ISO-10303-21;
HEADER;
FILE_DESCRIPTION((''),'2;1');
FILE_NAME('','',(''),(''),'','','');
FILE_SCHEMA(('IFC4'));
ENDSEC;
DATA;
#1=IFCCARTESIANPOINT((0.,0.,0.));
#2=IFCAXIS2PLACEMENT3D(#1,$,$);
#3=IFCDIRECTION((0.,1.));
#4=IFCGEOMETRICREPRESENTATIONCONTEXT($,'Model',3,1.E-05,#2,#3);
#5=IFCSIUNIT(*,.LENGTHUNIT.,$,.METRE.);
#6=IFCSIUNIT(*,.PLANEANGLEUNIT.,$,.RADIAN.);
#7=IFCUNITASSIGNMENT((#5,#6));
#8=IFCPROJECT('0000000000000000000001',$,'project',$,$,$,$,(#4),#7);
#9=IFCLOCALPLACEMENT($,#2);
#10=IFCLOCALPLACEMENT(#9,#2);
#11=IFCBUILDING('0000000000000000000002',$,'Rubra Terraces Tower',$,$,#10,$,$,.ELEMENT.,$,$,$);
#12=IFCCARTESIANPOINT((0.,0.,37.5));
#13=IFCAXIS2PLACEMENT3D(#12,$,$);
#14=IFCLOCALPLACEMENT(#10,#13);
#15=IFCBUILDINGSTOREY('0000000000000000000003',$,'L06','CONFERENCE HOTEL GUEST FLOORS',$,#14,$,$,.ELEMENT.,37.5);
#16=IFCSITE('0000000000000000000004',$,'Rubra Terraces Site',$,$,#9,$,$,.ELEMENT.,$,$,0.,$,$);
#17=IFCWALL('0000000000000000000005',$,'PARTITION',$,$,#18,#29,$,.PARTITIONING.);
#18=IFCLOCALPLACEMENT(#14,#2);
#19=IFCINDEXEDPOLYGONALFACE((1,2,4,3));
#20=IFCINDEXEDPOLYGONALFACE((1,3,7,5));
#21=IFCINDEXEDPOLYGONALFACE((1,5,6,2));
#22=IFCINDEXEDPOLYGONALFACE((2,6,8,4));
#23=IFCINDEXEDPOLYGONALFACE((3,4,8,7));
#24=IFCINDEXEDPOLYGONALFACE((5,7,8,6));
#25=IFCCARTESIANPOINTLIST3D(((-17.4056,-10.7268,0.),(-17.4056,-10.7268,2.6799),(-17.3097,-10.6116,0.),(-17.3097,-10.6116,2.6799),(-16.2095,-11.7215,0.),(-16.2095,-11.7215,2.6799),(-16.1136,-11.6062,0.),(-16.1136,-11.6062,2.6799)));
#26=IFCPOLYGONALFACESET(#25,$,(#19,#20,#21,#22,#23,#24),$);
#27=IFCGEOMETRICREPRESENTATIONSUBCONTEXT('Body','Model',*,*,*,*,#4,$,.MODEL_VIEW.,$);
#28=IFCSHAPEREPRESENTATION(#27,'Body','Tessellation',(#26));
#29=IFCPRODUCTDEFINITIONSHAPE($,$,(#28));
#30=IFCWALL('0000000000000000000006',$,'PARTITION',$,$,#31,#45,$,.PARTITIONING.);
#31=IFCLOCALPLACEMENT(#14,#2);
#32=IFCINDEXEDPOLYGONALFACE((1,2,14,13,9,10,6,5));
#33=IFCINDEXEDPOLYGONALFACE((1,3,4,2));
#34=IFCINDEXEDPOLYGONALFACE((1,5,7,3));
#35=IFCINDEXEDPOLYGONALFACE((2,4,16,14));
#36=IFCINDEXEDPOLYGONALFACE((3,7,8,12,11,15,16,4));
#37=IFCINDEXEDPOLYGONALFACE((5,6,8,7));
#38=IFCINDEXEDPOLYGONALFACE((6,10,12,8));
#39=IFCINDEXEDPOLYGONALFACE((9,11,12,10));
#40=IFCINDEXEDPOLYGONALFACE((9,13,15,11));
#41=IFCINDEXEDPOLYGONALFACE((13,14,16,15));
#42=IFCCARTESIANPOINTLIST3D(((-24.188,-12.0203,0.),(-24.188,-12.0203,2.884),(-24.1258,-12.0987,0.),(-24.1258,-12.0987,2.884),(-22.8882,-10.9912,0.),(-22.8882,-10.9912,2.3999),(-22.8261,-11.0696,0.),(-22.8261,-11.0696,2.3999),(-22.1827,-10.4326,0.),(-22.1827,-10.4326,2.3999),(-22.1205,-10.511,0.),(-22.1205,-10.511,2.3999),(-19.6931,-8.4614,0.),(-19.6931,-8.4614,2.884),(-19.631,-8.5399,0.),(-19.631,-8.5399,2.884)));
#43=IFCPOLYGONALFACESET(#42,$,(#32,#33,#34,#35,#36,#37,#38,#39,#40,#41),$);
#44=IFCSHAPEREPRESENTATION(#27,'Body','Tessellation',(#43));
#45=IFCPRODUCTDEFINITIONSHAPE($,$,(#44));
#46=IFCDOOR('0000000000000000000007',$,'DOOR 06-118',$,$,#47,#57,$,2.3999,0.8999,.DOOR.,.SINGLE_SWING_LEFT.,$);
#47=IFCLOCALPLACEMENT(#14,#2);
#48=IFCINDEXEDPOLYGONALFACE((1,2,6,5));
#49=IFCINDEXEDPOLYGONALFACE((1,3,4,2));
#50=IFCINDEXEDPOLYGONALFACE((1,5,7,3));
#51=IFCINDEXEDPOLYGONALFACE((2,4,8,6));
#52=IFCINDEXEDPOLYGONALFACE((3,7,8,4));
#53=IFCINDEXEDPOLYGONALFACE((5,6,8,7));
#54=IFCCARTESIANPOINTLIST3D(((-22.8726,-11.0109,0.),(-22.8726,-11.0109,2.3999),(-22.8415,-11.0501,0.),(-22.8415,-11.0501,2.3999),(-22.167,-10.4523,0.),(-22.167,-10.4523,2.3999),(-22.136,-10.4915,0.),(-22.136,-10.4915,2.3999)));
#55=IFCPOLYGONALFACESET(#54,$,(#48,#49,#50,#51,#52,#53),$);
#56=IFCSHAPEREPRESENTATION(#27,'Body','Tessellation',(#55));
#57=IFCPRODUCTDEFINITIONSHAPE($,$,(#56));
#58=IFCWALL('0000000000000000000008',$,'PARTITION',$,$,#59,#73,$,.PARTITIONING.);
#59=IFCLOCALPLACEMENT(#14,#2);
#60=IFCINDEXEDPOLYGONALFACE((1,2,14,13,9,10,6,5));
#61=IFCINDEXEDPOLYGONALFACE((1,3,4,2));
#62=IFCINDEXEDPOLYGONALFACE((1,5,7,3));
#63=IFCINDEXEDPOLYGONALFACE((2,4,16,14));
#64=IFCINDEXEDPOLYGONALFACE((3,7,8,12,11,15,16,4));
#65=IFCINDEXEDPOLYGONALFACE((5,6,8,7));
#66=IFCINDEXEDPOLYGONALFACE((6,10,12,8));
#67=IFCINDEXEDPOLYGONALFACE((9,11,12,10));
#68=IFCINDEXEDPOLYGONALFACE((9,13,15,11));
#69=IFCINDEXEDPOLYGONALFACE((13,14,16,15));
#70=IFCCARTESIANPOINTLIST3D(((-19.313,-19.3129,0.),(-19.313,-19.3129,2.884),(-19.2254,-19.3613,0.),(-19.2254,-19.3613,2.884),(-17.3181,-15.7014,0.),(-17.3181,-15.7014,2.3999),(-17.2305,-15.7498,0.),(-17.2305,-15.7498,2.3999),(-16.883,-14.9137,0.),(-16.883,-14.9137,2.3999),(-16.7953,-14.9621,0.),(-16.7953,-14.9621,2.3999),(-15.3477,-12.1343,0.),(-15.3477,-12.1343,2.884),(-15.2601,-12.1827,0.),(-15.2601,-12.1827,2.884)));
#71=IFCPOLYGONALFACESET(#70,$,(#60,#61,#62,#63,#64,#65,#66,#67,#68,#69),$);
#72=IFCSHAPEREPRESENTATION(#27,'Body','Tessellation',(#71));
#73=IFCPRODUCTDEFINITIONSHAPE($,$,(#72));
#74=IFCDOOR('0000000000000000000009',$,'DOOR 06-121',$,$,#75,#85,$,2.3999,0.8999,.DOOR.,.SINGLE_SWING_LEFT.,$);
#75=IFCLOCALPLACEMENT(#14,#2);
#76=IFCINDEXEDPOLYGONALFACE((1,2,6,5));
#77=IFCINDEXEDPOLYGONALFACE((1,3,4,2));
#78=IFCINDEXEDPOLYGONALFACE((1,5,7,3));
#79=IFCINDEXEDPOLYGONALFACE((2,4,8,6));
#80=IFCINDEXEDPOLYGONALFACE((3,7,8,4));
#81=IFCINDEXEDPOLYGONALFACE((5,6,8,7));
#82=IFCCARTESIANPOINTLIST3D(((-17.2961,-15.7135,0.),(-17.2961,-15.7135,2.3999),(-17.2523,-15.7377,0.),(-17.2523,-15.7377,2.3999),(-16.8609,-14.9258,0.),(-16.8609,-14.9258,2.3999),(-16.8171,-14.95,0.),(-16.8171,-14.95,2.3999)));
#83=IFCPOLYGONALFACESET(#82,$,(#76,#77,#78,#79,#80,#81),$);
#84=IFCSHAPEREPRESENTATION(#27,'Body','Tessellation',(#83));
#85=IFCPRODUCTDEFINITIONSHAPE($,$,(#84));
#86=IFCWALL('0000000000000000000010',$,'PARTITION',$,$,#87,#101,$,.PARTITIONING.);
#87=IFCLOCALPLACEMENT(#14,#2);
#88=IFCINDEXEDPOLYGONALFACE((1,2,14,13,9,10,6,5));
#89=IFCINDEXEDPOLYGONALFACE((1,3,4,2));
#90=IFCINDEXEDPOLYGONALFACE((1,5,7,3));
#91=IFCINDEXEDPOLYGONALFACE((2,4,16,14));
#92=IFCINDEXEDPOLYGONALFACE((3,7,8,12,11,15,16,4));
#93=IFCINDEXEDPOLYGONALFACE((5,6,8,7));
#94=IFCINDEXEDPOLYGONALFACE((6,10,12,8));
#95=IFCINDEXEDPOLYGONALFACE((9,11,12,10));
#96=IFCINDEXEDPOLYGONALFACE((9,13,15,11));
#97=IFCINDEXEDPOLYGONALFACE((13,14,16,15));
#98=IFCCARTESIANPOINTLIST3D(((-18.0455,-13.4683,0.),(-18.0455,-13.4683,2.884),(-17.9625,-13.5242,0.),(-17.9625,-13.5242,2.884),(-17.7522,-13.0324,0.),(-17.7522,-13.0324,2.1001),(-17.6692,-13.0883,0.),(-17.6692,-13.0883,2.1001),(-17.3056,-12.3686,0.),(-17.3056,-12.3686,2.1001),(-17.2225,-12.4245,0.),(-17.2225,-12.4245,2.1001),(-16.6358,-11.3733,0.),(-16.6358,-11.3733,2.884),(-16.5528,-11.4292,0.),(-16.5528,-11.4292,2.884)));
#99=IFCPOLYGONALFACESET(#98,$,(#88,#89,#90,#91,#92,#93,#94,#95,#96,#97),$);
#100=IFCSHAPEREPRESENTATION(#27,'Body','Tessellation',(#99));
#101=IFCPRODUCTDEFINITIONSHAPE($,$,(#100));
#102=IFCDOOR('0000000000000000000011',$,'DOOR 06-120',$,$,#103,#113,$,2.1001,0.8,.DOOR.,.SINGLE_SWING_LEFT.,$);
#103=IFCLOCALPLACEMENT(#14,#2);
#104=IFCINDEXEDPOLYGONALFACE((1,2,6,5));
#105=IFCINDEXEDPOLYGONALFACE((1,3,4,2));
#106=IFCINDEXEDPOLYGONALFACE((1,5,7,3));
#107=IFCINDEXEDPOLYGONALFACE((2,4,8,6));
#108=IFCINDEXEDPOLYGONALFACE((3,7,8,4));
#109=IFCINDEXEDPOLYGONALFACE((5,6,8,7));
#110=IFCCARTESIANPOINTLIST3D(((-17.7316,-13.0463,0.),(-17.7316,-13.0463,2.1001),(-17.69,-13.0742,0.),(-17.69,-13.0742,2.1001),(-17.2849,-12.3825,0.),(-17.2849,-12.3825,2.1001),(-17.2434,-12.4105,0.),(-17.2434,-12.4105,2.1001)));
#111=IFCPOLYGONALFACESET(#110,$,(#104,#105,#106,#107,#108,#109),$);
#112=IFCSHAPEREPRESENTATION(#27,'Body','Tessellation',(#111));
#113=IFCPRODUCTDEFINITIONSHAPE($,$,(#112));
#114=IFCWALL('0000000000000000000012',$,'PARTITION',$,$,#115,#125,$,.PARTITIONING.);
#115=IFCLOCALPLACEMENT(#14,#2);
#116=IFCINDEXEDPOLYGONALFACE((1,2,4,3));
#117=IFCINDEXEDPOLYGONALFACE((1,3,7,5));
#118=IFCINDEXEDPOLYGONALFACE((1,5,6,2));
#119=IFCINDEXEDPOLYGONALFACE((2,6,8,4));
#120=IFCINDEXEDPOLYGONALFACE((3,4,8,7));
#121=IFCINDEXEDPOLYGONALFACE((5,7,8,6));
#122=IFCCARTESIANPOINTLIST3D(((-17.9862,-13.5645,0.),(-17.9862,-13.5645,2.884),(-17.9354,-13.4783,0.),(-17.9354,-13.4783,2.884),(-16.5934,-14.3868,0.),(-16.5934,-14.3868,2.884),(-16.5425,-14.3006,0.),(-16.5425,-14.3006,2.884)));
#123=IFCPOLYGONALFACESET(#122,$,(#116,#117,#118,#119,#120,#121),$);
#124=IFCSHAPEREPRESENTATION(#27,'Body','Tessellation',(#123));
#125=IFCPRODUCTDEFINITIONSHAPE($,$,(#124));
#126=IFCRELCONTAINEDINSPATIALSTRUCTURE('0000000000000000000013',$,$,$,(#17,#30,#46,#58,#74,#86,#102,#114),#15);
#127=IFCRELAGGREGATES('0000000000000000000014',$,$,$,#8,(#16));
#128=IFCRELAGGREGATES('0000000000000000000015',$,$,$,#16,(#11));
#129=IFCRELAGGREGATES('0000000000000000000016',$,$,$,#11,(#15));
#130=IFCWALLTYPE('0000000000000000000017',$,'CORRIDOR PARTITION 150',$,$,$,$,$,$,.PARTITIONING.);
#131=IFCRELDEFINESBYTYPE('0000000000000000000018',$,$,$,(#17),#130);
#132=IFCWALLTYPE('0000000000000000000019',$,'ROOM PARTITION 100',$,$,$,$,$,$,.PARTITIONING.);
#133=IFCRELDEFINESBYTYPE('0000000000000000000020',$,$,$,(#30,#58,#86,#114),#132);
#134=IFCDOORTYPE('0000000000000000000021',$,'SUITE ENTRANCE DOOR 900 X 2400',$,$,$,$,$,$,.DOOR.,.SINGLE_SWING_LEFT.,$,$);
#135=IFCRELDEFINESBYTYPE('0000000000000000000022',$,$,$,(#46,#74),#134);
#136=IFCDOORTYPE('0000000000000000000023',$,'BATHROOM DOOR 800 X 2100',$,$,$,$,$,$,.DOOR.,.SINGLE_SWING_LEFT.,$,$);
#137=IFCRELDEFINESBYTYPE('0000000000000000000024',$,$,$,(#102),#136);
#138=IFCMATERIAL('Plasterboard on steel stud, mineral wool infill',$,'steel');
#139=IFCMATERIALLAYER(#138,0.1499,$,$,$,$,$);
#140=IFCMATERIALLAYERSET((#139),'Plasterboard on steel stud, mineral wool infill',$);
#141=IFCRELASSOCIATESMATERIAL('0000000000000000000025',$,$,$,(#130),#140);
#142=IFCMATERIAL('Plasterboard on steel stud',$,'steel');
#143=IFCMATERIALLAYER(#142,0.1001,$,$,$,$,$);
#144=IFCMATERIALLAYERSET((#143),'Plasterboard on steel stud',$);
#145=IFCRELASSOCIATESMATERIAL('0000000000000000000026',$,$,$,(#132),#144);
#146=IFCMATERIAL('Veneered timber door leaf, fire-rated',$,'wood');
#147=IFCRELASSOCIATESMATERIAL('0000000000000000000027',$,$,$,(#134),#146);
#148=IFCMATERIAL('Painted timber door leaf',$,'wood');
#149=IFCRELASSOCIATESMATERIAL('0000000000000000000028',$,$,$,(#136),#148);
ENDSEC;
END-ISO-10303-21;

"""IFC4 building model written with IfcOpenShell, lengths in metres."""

from ifc_helpers import new_model, si_unit, direction, frame, frame_2d, origin, place, context, subcontext, project, spatial, rectangle, extrude, material, layer, layer_set, type_object, element, fill, save


model = new_model("IFC4")

# Units and contexts
model_context = context("Model", 3, precision=1e-05, world=origin(), true_north=direction((0.0, 1.0)))
body_context = subcontext(model_context, "Body", "Model", "MODEL_VIEW")
ifc_project = project(units=[si_unit("LENGTHUNIT", "METRE"), si_unit("PLANEANGLEUNIT", "RADIAN")], contexts=[model_context])

# Site, building, storey
site_placement = place(None, origin())
site = spatial("IfcSite", under=ifc_project, at=site_placement, Name="Rubra Terraces Site", CompositionType="ELEMENT", RefElevation=0.0)
building_placement = place(site_placement, origin())
building = spatial("IfcBuilding", under=site, at=building_placement, Name="Rubra Terraces Tower", CompositionType="ELEMENT")
storey_placement = place(building_placement, frame((0.0, 0.0, 37.5)))
storey = spatial("IfcBuildingStorey", under=building, at=storey_placement, Name="L06", Description="CONFERENCE HOTEL GUEST FLOORS", CompositionType="ELEMENT", Elevation=37.5)

# Wall
ifc_material_1 = material(Name="Plasterboard on steel stud, mineral wool infill", Category="steel")
ifc_layer_1 = layer(ifc_material_1, 0.1499)
ifc_layer_set_1 = layer_set([ifc_layer_1], Name="Plasterboard on steel stud, mineral wool infill")
wall_type_1 = type_object("IfcWallType", Name="CORRIDOR PARTITION 150", PredefinedType="PARTITIONING", material=ifc_layer_set_1)
wall_1_placement = place(storey_placement, frame((-17.3577, -10.6692, 0.0), z_axis=(0.0, 0.0, 1.0), x_axis=(0.768877, -0.639397, 0.0)))
element("IfcWall", 1, at=wall_1_placement, inside=storey, type_object=wall_type_1, Name="PARTITION", PredefinedType="PARTITIONING", context=body_context, shape_type="SweptSolid", body=[
    extrude(rectangle(XDim=1.5557, YDim=0.1499, at=frame_2d((0.7778, 0.0))), origin(), (0.0, 0.0, 1.0), 2.6799),
])

# Walls, openings, doors
ifc_material_2 = material(Name="Plasterboard on steel stud", Category="steel")
ifc_layer_2 = layer(ifc_material_2, 0.1001)
ifc_layer_set_2 = layer_set([ifc_layer_2], Name="Plasterboard on steel stud")
wall_type_2 = type_object("IfcWallType", Name="ROOM PARTITION 100", PredefinedType="PARTITIONING", material=ifc_layer_set_2)
wall_2_placement = place(storey_placement, frame((-24.157, -12.0596, 0.0), z_axis=(0.0, 0.0, 1.0), x_axis=(0.784012, 0.620745, 0.0)))
wall_2 = element("IfcWall", 2, at=wall_2_placement, inside=storey, type_object=wall_type_2, Name="PARTITION", PredefinedType="PARTITIONING", context=body_context, shape_type="SweptSolid", body=[
    extrude(rectangle(XDim=5.7332, YDim=0.1001, at=frame_2d((2.8667, 0.0))), origin(), (0.0, 0.0, 1.0), 2.884),
])
opening_1_placement = place(wall_2_placement, frame((1.658, 0.0, 0.0)))
opening_1 = element("IfcOpeningElement", 3, at=opening_1_placement, cuts=wall_2, PredefinedType="OPENING", context=body_context, shape_type="SweptSolid", body=[
    extrude(rectangle(XDim=0.8999, YDim=2.3999, at=frame_2d((0.45, 1.2))), frame((0.0, 0.0601, 0.0), z_axis=(0.0, -1.0, 0.0), x_axis=(1.0, 0.0, 0.0)), (0.0, 0.0, 1.0), 0.1201),
])
ifc_material_3 = material(Name="Veneered timber door leaf, fire-rated", Category="wood")
door_type_1 = type_object("IfcDoorType", Name="SUITE ENTRANCE DOOR 900 X 2400", OperationType="SINGLE_SWING_LEFT", PredefinedType="DOOR", material=ifc_material_3)
door_1_placement = place(opening_1_placement, origin())
door_1 = element("IfcDoor", 4, at=door_1_placement, inside=storey, type_object=door_type_1, Name="DOOR 06-118", OperationType="SINGLE_SWING_LEFT", OverallHeight=2.3999, OverallWidth=0.8999, PredefinedType="DOOR", context=body_context, shape_type="SweptSolid", body=[
    extrude(rectangle(XDim=0.8999, YDim=2.3999, at=frame_2d((0.45, 1.2))), frame((0.0, 0.0249, 0.0), z_axis=(0.0, -1.0, 0.0), x_axis=(1.0, 0.0, 0.0)), (0.0, 0.0, 1.0), 0.05),
])
fill(opening_1, door_1)
wall_3_placement = place(storey_placement, frame((-19.2693, -19.3372, 0.0), z_axis=(0.0, 0.0, 1.0), x_axis=(0.483526, 0.87533, 0.0)))
wall_3 = element("IfcWall", 5, at=wall_3_placement, inside=storey, type_object=wall_type_2, Name="PARTITION", PredefinedType="PARTITIONING", context=body_context, shape_type="SweptSolid", body=[
    extrude(rectangle(XDim=8.2009, YDim=0.1001, at=frame_2d((4.1006, 0.0))), origin(), (0.0, 0.0, 1.0), 2.884),
])
opening_2_placement = place(wall_3_placement, frame((4.126, 0.0, 0.0)))
opening_2 = element("IfcOpeningElement", 6, at=opening_2_placement, cuts=wall_3, PredefinedType="OPENING", context=body_context, shape_type="SweptSolid", body=[
    extrude(rectangle(XDim=0.8999, YDim=2.3999, at=frame_2d((0.45, 1.2))), frame((0.0, 0.0601, 0.0), z_axis=(0.0, -1.0, 0.0), x_axis=(1.0, 0.0, 0.0)), (0.0, 0.0, 1.0), 0.1201),
])
door_2_placement = place(opening_2_placement, origin())
door_2 = element("IfcDoor", 7, at=door_2_placement, inside=storey, type_object=door_type_1, Name="DOOR 06-121", OperationType="SINGLE_SWING_LEFT", OverallHeight=2.3999, OverallWidth=0.8999, PredefinedType="DOOR", context=body_context, shape_type="SweptSolid", body=[
    extrude(rectangle(XDim=0.8999, YDim=2.3999, at=frame_2d((0.45, 1.2))), frame((0.0, 0.0249, 0.0), z_axis=(0.0, -1.0, 0.0), x_axis=(1.0, 0.0, 0.0)), (0.0, 0.0, 1.0), 0.05),
])
fill(opening_2, door_2)
wall_4_placement = place(storey_placement, frame((-16.5942, -11.4011, 0.0), z_axis=(0.0, 0.0, 1.0), x_axis=(-0.558265, -0.829663, 0.0)))
wall_4 = element("IfcWall", 8, at=wall_4_placement, inside=storey, type_object=wall_type_2, Name="PARTITION", PredefinedType="PARTITIONING", context=body_context, shape_type="SweptSolid", body=[
    extrude(rectangle(XDim=2.5251, YDim=0.1001, at=frame_2d((1.2627, 0.0))), origin(), (0.0, 0.0, 1.0), 2.884),
])
opening_3_placement = place(wall_4_placement, frame((1.2, 0.0, 0.0)))
opening_3 = element("IfcOpeningElement", 9, at=opening_3_placement, cuts=wall_4, PredefinedType="OPENING", context=body_context, shape_type="SweptSolid", body=[
    extrude(rectangle(XDim=0.8, YDim=2.1001, at=frame_2d((0.3999, 1.05))), frame((0.0, 0.0601, 0.0), z_axis=(0.0, -1.0, 0.0), x_axis=(1.0, 0.0, 0.0)), (0.0, 0.0, 1.0), 0.1201),
])
ifc_material_4 = material(Name="Painted timber door leaf", Category="wood")
door_type_2 = type_object("IfcDoorType", Name="BATHROOM DOOR 800 X 2100", OperationType="SINGLE_SWING_LEFT", PredefinedType="DOOR", material=ifc_material_4)
door_3_placement = place(opening_3_placement, origin())
door_3 = element("IfcDoor", 10, at=door_3_placement, inside=storey, type_object=door_type_2, Name="DOOR 06-120", OperationType="SINGLE_SWING_LEFT", OverallHeight=2.1001, OverallWidth=0.8, PredefinedType="DOOR", context=body_context, shape_type="SweptSolid", body=[
    extrude(rectangle(XDim=0.8, YDim=2.1001, at=frame_2d((0.3999, 1.05))), frame((0.0, 0.0249, 0.0), z_axis=(0.0, -1.0, 0.0), x_axis=(1.0, 0.0, 0.0)), (0.0, 0.0, 1.0), 0.05),
])
fill(opening_3, door_3)

# Wall
wall_5_placement = place(storey_placement, frame((-17.9607, -13.5215, 0.0), z_axis=(0.0, 0.0, 1.0), x_axis=(0.861134, -0.508378, 0.0)))
element("IfcWall", 11, at=wall_5_placement, inside=storey, type_object=wall_type_2, Name="PARTITION", PredefinedType="PARTITIONING", context=body_context, shape_type="SweptSolid", body=[
    extrude(rectangle(XDim=1.6174, YDim=0.1001, at=frame_2d((0.8086, 0.0))), origin(), (0.0, 0.0, 1.0), 2.884),
])

save(model, "model.ifc")
